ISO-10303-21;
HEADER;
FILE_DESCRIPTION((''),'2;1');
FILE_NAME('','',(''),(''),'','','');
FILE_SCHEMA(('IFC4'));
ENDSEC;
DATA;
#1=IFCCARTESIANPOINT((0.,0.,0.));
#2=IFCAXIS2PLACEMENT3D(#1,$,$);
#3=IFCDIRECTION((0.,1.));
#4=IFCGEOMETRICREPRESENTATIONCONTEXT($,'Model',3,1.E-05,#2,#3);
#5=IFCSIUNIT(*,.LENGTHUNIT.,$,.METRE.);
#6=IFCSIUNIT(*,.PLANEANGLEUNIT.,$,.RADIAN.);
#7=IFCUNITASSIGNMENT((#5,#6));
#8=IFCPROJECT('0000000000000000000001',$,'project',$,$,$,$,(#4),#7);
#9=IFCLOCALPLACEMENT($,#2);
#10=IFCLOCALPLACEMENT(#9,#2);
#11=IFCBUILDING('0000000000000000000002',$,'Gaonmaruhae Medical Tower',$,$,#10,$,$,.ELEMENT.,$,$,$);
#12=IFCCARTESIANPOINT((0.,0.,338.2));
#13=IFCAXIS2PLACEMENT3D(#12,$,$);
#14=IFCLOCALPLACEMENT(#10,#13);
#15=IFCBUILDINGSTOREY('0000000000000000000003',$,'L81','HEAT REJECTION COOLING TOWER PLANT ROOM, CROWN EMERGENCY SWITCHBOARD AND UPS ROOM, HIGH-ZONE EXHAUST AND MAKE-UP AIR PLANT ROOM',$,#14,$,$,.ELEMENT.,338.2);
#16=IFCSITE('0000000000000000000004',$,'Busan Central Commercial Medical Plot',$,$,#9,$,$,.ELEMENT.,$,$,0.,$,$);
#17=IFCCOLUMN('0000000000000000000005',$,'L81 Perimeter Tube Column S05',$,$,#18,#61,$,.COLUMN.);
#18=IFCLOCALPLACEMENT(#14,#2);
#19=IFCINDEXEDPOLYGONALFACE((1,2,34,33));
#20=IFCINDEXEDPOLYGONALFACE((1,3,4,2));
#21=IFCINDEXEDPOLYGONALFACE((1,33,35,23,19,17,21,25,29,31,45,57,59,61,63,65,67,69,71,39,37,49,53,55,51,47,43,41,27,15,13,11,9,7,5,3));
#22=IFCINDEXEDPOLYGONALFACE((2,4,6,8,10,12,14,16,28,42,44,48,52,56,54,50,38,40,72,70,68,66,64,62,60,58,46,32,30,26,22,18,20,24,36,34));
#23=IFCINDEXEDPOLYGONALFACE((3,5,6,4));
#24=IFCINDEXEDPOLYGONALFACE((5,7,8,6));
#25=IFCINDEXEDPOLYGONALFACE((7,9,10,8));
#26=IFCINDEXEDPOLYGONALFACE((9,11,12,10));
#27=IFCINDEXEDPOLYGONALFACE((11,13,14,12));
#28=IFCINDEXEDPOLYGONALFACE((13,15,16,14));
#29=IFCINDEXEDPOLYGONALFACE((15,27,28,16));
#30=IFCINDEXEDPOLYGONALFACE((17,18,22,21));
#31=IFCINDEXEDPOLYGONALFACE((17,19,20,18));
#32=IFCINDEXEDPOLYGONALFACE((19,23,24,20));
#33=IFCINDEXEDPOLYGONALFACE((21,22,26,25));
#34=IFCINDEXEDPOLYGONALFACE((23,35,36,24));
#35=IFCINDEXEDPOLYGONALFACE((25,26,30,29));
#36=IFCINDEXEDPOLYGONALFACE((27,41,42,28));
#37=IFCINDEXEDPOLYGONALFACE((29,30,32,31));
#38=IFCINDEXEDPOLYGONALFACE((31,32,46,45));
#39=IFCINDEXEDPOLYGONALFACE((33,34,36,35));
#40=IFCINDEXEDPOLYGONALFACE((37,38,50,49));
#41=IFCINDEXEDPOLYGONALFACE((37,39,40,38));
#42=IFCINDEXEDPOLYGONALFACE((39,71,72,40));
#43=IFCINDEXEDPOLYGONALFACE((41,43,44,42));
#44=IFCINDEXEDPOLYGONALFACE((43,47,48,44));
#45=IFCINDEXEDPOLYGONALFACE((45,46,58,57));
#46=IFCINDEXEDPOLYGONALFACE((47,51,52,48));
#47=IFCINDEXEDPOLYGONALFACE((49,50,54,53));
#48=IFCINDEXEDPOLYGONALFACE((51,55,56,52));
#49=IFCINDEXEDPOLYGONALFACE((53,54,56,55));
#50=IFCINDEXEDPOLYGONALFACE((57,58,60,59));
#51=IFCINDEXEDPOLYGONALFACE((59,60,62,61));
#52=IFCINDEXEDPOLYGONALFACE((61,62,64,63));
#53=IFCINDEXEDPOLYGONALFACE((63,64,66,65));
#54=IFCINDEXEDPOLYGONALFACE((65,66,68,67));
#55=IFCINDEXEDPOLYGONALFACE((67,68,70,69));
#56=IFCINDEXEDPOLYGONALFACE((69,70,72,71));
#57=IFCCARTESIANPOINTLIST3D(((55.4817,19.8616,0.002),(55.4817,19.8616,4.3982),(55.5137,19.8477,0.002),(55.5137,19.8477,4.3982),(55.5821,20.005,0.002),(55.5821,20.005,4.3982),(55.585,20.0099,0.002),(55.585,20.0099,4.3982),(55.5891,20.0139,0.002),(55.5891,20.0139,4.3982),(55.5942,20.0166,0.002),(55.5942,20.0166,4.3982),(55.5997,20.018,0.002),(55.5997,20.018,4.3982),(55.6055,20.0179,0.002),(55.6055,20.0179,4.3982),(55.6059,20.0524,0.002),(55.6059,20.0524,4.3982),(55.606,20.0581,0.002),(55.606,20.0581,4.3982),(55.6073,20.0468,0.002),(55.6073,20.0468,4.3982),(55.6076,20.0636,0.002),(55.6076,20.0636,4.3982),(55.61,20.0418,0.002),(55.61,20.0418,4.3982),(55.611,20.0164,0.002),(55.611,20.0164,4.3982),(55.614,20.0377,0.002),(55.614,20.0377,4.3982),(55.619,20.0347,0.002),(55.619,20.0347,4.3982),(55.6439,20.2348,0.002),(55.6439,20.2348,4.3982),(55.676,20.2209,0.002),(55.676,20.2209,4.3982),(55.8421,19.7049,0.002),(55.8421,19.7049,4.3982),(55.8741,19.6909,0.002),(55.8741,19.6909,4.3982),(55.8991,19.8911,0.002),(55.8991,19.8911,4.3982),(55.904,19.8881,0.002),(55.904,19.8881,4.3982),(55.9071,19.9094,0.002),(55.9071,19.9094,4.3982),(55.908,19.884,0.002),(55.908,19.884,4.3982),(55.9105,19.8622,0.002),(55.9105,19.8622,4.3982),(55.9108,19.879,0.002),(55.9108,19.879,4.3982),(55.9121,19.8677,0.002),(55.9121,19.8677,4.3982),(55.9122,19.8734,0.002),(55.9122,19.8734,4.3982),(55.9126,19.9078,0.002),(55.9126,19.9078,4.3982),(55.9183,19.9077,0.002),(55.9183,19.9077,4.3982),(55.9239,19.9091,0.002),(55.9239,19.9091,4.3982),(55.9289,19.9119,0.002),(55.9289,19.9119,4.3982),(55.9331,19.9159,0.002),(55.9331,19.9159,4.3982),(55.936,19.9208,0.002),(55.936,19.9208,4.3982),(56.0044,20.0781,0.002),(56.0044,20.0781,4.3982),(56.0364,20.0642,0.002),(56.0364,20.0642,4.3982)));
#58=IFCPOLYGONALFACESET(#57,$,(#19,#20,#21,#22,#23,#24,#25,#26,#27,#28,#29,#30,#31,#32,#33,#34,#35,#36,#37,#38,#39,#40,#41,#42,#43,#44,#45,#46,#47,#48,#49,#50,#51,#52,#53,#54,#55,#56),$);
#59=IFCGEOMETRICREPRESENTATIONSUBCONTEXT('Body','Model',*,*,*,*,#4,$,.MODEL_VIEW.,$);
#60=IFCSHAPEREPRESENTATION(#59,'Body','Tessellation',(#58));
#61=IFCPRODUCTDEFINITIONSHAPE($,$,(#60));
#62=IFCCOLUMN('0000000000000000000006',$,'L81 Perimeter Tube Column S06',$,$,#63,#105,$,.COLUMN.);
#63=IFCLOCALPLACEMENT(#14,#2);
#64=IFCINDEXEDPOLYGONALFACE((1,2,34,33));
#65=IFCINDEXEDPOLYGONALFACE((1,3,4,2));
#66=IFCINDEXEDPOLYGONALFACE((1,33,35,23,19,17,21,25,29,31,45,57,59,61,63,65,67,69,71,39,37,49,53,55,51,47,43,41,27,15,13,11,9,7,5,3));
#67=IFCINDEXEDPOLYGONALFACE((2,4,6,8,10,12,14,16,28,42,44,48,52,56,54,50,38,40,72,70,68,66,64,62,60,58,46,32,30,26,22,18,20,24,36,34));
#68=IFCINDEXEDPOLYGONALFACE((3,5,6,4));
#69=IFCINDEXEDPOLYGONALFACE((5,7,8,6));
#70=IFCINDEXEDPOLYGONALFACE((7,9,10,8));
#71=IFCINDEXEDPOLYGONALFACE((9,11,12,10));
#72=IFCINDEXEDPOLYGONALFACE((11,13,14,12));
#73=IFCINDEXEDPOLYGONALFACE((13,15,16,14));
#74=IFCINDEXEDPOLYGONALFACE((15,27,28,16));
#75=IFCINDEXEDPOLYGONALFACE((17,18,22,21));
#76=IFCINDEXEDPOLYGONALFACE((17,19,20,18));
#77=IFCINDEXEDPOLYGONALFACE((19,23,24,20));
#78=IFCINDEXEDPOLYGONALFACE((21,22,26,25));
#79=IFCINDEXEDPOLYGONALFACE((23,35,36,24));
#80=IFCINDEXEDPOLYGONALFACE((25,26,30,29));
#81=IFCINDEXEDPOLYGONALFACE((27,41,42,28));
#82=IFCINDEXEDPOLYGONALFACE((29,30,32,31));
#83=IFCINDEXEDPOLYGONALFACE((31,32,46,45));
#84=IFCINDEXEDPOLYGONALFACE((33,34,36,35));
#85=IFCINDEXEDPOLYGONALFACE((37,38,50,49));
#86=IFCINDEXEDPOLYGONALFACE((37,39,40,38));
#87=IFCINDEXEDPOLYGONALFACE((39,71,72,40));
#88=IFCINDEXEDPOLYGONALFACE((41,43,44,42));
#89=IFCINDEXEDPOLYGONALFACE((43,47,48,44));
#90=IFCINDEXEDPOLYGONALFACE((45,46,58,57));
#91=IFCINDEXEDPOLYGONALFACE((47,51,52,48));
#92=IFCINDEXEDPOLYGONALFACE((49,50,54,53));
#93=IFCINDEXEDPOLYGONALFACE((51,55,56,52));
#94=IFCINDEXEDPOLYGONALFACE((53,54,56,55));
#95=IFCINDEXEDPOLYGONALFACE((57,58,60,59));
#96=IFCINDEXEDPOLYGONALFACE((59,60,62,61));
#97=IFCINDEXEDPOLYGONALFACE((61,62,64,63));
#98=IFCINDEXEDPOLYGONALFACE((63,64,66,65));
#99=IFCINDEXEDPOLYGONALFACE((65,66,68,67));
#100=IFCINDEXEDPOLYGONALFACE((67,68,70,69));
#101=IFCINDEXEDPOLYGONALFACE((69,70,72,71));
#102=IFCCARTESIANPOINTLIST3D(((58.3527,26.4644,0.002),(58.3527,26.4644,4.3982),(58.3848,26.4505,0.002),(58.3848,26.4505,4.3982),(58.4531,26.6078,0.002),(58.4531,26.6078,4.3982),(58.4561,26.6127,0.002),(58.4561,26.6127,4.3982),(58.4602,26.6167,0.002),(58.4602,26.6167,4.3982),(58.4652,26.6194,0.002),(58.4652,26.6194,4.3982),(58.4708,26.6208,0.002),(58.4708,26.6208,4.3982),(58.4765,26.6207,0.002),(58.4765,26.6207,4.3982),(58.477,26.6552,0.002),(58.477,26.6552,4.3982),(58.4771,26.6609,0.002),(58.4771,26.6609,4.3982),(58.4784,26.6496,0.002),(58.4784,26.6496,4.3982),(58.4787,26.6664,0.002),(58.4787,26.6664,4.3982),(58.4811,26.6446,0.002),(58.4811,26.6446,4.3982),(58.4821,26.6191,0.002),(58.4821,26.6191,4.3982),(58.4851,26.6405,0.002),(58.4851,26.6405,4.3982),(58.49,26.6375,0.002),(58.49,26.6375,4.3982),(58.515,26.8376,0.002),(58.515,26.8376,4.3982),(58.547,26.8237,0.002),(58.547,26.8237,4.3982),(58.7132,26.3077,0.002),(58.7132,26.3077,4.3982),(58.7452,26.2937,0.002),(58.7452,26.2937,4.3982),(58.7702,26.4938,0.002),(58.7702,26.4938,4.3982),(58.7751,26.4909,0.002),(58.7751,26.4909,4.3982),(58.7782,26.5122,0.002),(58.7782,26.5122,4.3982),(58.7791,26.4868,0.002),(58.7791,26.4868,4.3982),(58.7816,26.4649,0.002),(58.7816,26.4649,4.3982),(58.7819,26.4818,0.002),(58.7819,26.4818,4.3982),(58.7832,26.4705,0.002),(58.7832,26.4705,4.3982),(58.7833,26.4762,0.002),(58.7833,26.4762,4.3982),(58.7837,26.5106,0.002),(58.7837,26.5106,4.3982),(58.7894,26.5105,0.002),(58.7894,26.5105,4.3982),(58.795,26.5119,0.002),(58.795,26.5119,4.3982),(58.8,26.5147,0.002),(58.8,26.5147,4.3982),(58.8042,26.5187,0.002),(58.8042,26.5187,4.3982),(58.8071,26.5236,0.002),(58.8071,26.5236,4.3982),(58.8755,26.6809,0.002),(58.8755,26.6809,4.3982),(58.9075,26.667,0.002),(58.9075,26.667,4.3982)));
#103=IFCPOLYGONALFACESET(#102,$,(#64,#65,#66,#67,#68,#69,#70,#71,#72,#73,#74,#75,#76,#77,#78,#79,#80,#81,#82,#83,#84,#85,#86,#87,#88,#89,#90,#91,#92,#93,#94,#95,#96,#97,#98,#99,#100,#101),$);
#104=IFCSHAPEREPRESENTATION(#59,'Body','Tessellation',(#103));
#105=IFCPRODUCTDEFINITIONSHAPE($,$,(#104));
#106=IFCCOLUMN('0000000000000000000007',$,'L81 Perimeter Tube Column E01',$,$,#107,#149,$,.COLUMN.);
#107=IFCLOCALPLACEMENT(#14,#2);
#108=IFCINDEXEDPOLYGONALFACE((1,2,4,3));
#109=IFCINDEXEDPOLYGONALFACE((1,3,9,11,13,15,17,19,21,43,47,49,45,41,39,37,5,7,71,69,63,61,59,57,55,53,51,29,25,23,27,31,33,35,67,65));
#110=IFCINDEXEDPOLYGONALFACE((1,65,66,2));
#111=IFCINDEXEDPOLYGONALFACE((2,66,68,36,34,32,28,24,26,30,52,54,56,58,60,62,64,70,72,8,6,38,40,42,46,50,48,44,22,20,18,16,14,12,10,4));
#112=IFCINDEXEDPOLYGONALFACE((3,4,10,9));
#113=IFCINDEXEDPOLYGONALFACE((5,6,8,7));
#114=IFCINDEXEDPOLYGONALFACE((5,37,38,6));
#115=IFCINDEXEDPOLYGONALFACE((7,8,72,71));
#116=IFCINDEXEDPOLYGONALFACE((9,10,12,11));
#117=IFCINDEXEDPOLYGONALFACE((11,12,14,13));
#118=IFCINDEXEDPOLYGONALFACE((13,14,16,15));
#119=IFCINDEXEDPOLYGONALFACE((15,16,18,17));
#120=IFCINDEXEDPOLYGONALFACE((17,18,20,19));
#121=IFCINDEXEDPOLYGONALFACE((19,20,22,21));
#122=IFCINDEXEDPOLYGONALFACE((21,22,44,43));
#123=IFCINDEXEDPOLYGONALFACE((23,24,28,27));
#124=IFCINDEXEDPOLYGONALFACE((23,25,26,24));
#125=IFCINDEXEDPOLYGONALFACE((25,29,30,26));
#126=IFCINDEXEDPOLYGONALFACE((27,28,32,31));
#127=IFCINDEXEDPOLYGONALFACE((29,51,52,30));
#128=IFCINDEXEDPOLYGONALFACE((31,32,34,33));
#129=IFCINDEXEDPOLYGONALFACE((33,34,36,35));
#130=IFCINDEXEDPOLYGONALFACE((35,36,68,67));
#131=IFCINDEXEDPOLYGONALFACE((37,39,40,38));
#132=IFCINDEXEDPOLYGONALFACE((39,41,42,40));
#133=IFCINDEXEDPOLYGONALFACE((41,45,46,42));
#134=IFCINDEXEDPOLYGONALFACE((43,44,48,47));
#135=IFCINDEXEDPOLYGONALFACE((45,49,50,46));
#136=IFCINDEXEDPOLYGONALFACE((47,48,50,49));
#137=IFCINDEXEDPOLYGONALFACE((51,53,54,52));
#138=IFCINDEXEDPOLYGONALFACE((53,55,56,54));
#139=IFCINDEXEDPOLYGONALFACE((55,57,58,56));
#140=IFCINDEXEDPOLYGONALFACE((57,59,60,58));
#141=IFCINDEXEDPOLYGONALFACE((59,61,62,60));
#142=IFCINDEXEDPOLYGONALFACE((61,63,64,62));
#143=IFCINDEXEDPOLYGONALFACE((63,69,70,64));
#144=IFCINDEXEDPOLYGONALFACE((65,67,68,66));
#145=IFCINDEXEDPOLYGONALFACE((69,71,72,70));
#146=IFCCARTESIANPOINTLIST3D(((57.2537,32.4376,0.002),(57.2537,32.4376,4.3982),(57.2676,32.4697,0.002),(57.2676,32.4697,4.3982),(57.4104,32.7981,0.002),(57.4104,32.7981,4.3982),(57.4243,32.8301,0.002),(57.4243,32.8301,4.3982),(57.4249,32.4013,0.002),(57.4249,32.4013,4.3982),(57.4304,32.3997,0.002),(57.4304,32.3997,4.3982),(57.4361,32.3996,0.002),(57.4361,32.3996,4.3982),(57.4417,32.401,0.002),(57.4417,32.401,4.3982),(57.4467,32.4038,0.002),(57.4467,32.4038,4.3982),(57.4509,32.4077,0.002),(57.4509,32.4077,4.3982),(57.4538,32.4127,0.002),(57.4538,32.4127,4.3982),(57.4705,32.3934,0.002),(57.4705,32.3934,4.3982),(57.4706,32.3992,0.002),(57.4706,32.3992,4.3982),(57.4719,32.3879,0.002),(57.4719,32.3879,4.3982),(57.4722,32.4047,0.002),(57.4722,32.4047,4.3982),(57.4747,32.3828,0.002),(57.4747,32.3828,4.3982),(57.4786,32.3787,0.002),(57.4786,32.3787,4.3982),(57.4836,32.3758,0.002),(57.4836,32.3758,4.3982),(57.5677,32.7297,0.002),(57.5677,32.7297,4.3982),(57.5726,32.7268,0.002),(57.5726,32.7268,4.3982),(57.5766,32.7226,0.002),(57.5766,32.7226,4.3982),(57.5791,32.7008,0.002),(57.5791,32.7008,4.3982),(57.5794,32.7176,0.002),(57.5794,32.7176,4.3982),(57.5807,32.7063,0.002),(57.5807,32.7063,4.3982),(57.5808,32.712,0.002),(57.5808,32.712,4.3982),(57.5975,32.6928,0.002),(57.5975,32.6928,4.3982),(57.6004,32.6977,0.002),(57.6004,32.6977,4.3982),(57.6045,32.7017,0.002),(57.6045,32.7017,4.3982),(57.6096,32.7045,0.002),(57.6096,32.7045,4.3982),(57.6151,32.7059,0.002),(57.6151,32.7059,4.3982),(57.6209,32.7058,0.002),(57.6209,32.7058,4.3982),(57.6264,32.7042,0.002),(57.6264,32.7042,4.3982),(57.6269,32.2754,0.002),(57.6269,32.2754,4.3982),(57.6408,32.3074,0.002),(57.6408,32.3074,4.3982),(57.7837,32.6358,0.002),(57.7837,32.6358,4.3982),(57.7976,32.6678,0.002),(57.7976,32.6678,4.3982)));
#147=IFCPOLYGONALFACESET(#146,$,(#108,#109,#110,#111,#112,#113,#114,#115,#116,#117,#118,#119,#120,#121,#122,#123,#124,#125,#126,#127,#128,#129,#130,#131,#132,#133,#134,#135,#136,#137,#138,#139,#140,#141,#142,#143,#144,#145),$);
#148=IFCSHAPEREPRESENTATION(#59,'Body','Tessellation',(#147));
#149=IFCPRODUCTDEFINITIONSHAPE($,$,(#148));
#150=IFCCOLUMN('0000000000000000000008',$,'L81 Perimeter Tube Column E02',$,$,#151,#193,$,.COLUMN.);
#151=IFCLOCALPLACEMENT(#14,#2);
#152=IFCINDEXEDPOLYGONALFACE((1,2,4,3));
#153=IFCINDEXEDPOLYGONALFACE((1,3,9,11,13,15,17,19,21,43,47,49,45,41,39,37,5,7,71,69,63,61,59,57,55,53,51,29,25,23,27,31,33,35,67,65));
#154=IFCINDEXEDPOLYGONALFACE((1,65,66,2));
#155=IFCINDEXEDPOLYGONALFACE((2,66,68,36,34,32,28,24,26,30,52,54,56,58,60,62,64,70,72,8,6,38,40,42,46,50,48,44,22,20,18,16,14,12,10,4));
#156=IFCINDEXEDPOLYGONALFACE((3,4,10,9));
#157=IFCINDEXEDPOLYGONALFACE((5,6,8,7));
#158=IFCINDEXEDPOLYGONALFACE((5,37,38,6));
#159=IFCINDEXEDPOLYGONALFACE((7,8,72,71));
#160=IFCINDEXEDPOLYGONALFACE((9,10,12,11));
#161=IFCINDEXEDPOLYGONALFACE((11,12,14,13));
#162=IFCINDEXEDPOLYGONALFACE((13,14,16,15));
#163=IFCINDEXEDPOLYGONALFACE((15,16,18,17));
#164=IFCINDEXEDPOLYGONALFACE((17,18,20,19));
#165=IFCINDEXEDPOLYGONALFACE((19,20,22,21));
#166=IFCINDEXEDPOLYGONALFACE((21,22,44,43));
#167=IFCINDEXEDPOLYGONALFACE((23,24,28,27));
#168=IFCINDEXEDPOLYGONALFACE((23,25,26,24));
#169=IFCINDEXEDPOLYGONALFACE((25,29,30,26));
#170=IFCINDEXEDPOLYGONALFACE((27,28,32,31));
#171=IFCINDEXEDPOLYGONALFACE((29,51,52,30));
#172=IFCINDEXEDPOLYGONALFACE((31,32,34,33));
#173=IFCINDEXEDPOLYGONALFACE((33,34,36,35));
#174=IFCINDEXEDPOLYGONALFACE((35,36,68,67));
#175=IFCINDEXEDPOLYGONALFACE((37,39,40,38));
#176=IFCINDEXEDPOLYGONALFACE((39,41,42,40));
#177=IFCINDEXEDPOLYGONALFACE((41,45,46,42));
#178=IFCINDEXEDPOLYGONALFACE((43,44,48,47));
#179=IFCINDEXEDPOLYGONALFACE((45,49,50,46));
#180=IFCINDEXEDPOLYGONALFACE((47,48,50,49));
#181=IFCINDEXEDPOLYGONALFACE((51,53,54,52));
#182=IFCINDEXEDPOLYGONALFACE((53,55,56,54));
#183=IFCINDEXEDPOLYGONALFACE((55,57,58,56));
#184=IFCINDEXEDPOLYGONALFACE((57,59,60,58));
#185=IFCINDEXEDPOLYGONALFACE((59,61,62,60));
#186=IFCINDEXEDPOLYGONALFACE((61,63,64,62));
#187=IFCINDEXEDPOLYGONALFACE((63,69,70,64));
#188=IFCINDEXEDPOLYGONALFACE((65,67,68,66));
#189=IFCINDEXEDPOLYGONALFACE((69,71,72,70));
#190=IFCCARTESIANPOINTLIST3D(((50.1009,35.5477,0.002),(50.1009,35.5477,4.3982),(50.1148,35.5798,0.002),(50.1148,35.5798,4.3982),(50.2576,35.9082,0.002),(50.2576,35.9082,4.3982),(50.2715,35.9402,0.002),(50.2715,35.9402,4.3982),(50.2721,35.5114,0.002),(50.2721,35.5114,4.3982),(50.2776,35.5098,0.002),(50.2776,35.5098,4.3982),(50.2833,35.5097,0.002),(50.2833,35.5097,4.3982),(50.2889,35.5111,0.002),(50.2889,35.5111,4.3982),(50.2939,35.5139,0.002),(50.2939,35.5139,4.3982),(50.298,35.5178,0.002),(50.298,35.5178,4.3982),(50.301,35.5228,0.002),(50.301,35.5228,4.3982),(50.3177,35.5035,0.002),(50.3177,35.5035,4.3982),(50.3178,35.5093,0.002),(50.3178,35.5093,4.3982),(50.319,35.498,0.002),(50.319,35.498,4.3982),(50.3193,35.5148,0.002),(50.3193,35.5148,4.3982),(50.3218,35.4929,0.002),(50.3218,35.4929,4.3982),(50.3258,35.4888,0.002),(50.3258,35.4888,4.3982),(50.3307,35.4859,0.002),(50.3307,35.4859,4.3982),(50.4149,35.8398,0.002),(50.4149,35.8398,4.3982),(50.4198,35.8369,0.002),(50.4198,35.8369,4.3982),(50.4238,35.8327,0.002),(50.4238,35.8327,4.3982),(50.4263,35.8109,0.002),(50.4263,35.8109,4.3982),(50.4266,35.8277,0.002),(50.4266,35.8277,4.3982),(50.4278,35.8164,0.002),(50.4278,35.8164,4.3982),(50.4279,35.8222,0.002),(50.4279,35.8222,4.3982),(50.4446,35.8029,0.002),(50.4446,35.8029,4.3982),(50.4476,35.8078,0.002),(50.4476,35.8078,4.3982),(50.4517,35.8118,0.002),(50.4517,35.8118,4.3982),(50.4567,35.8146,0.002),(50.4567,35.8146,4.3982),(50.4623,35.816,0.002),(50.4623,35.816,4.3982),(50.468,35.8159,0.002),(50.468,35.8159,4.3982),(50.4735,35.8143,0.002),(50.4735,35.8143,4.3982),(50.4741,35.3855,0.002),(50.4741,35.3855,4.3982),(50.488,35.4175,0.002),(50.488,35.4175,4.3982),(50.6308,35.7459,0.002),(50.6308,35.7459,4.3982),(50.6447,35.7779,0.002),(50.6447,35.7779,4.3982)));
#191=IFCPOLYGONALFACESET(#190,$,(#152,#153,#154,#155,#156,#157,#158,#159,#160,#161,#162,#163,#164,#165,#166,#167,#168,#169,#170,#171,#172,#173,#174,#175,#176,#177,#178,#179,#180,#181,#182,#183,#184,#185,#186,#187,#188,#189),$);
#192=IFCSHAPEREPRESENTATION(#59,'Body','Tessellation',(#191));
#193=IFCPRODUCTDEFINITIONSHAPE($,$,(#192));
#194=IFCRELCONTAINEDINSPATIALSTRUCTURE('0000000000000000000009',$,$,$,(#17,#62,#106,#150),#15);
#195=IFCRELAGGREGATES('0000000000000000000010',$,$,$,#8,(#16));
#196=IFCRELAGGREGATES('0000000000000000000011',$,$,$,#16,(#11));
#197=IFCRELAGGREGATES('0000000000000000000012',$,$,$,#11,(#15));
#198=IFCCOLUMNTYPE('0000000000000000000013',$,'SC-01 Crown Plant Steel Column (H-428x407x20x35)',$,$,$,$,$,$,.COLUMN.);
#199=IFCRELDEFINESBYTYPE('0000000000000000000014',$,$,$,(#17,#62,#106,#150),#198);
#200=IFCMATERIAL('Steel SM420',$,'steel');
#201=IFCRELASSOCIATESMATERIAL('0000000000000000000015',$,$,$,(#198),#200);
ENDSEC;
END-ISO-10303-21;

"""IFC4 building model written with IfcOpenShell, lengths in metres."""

from ifc_helpers import new_model, si_unit, direction, frame, origin, origin_2d, place, context, subcontext, project, spatial, i_section, extrude, material, material_profile, profile_set, type_object, element, save


model = new_model("IFC4")

# Units and contexts
model_context = context("Model", 3, precision=1e-05, world=origin(), true_north=direction((0.0, 1.0)))
body_context = subcontext(model_context, "Body", "Model", "MODEL_VIEW")
ifc_project = project(units=[si_unit("LENGTHUNIT", "METRE"), si_unit("PLANEANGLEUNIT", "RADIAN")], contexts=[model_context])

# Site, building, storey
site_placement = place(None, origin())
site = spatial("IfcSite", under=ifc_project, at=site_placement, Name="Busan Central Commercial Medical Plot", CompositionType="ELEMENT", RefElevation=0.0)
building_placement = place(site_placement, origin())
building = spatial("IfcBuilding", under=site, at=building_placement, Name="Gaonmaruhae Medical Tower", CompositionType="ELEMENT")
storey_placement = place(building_placement, frame((0.0, 0.0, 338.2)))
storey = spatial("IfcBuildingStorey", under=building, at=storey_placement, Name="L81", Description="HEAT REJECTION COOLING TOWER PLANT ROOM, CROWN EMERGENCY SWITCHBOARD AND UPS ROOM, HIGH-ZONE EXHAUST AND MAKE-UP AIR PLANT ROOM", CompositionType="ELEMENT", Elevation=338.2)

# Columns
ifc_material_1 = material(Name="Steel SM420", Category="steel")
ifc_material_profile_1 = material_profile(ifc_material_1, i_section(OverallWidth=0.407, OverallDepth=0.428, WebThickness=0.02, FlangeThickness=0.0349, FilletRadius=0.022, at=origin_2d()), Name="H-428x407x20x35")
ifc_profile_set_1 = profile_set([ifc_material_profile_1], Name="Steel SM420")
column_type = type_object("IfcColumnType", Name="SC-01 Crown Plant Steel Column (H-428x407x20x35)", PredefinedType="COLUMN", material=ifc_profile_set_1)
for number, where, z_axis, x_axis, name in (
    (1, (55.759, 19.9629, 0.002), (0.0, 0.0, 1.0), (0.398749, 0.91706, 0.0), "L81 Perimeter Tube Column S05"),
    (2, (58.6301, 26.5657, 0.002), (0.0, 0.0, 1.0), (0.398749, 0.91706, 0.0), "L81 Perimeter Tube Column S06"),
    (3, (57.5256, 32.5527, 0.002), (0.0, 0.0, 1.0), (-0.91706, 0.398749, 0.0), "L81 Perimeter Tube Column E01"),
    (4, (50.3728, 35.6628, 0.002), (0.0, 0.0, 1.0), (-0.91706, 0.398749, 0.0), "L81 Perimeter Tube Column E02"),
):
    element("IfcColumn", number, at=place(storey_placement, frame(where, z_axis=z_axis, x_axis=x_axis)), inside=storey, type_object=column_type, Name=name, PredefinedType="COLUMN", context=body_context, shape_type="SweptSolid", body=[
        extrude(i_section(OverallWidth=0.407, OverallDepth=0.428, WebThickness=0.02, FlangeThickness=0.0349, FilletRadius=0.022, at=origin_2d()), origin(), (0.0, 0.0, 1.0), 4.3962),
    ])

save(model, "model.ifc")
